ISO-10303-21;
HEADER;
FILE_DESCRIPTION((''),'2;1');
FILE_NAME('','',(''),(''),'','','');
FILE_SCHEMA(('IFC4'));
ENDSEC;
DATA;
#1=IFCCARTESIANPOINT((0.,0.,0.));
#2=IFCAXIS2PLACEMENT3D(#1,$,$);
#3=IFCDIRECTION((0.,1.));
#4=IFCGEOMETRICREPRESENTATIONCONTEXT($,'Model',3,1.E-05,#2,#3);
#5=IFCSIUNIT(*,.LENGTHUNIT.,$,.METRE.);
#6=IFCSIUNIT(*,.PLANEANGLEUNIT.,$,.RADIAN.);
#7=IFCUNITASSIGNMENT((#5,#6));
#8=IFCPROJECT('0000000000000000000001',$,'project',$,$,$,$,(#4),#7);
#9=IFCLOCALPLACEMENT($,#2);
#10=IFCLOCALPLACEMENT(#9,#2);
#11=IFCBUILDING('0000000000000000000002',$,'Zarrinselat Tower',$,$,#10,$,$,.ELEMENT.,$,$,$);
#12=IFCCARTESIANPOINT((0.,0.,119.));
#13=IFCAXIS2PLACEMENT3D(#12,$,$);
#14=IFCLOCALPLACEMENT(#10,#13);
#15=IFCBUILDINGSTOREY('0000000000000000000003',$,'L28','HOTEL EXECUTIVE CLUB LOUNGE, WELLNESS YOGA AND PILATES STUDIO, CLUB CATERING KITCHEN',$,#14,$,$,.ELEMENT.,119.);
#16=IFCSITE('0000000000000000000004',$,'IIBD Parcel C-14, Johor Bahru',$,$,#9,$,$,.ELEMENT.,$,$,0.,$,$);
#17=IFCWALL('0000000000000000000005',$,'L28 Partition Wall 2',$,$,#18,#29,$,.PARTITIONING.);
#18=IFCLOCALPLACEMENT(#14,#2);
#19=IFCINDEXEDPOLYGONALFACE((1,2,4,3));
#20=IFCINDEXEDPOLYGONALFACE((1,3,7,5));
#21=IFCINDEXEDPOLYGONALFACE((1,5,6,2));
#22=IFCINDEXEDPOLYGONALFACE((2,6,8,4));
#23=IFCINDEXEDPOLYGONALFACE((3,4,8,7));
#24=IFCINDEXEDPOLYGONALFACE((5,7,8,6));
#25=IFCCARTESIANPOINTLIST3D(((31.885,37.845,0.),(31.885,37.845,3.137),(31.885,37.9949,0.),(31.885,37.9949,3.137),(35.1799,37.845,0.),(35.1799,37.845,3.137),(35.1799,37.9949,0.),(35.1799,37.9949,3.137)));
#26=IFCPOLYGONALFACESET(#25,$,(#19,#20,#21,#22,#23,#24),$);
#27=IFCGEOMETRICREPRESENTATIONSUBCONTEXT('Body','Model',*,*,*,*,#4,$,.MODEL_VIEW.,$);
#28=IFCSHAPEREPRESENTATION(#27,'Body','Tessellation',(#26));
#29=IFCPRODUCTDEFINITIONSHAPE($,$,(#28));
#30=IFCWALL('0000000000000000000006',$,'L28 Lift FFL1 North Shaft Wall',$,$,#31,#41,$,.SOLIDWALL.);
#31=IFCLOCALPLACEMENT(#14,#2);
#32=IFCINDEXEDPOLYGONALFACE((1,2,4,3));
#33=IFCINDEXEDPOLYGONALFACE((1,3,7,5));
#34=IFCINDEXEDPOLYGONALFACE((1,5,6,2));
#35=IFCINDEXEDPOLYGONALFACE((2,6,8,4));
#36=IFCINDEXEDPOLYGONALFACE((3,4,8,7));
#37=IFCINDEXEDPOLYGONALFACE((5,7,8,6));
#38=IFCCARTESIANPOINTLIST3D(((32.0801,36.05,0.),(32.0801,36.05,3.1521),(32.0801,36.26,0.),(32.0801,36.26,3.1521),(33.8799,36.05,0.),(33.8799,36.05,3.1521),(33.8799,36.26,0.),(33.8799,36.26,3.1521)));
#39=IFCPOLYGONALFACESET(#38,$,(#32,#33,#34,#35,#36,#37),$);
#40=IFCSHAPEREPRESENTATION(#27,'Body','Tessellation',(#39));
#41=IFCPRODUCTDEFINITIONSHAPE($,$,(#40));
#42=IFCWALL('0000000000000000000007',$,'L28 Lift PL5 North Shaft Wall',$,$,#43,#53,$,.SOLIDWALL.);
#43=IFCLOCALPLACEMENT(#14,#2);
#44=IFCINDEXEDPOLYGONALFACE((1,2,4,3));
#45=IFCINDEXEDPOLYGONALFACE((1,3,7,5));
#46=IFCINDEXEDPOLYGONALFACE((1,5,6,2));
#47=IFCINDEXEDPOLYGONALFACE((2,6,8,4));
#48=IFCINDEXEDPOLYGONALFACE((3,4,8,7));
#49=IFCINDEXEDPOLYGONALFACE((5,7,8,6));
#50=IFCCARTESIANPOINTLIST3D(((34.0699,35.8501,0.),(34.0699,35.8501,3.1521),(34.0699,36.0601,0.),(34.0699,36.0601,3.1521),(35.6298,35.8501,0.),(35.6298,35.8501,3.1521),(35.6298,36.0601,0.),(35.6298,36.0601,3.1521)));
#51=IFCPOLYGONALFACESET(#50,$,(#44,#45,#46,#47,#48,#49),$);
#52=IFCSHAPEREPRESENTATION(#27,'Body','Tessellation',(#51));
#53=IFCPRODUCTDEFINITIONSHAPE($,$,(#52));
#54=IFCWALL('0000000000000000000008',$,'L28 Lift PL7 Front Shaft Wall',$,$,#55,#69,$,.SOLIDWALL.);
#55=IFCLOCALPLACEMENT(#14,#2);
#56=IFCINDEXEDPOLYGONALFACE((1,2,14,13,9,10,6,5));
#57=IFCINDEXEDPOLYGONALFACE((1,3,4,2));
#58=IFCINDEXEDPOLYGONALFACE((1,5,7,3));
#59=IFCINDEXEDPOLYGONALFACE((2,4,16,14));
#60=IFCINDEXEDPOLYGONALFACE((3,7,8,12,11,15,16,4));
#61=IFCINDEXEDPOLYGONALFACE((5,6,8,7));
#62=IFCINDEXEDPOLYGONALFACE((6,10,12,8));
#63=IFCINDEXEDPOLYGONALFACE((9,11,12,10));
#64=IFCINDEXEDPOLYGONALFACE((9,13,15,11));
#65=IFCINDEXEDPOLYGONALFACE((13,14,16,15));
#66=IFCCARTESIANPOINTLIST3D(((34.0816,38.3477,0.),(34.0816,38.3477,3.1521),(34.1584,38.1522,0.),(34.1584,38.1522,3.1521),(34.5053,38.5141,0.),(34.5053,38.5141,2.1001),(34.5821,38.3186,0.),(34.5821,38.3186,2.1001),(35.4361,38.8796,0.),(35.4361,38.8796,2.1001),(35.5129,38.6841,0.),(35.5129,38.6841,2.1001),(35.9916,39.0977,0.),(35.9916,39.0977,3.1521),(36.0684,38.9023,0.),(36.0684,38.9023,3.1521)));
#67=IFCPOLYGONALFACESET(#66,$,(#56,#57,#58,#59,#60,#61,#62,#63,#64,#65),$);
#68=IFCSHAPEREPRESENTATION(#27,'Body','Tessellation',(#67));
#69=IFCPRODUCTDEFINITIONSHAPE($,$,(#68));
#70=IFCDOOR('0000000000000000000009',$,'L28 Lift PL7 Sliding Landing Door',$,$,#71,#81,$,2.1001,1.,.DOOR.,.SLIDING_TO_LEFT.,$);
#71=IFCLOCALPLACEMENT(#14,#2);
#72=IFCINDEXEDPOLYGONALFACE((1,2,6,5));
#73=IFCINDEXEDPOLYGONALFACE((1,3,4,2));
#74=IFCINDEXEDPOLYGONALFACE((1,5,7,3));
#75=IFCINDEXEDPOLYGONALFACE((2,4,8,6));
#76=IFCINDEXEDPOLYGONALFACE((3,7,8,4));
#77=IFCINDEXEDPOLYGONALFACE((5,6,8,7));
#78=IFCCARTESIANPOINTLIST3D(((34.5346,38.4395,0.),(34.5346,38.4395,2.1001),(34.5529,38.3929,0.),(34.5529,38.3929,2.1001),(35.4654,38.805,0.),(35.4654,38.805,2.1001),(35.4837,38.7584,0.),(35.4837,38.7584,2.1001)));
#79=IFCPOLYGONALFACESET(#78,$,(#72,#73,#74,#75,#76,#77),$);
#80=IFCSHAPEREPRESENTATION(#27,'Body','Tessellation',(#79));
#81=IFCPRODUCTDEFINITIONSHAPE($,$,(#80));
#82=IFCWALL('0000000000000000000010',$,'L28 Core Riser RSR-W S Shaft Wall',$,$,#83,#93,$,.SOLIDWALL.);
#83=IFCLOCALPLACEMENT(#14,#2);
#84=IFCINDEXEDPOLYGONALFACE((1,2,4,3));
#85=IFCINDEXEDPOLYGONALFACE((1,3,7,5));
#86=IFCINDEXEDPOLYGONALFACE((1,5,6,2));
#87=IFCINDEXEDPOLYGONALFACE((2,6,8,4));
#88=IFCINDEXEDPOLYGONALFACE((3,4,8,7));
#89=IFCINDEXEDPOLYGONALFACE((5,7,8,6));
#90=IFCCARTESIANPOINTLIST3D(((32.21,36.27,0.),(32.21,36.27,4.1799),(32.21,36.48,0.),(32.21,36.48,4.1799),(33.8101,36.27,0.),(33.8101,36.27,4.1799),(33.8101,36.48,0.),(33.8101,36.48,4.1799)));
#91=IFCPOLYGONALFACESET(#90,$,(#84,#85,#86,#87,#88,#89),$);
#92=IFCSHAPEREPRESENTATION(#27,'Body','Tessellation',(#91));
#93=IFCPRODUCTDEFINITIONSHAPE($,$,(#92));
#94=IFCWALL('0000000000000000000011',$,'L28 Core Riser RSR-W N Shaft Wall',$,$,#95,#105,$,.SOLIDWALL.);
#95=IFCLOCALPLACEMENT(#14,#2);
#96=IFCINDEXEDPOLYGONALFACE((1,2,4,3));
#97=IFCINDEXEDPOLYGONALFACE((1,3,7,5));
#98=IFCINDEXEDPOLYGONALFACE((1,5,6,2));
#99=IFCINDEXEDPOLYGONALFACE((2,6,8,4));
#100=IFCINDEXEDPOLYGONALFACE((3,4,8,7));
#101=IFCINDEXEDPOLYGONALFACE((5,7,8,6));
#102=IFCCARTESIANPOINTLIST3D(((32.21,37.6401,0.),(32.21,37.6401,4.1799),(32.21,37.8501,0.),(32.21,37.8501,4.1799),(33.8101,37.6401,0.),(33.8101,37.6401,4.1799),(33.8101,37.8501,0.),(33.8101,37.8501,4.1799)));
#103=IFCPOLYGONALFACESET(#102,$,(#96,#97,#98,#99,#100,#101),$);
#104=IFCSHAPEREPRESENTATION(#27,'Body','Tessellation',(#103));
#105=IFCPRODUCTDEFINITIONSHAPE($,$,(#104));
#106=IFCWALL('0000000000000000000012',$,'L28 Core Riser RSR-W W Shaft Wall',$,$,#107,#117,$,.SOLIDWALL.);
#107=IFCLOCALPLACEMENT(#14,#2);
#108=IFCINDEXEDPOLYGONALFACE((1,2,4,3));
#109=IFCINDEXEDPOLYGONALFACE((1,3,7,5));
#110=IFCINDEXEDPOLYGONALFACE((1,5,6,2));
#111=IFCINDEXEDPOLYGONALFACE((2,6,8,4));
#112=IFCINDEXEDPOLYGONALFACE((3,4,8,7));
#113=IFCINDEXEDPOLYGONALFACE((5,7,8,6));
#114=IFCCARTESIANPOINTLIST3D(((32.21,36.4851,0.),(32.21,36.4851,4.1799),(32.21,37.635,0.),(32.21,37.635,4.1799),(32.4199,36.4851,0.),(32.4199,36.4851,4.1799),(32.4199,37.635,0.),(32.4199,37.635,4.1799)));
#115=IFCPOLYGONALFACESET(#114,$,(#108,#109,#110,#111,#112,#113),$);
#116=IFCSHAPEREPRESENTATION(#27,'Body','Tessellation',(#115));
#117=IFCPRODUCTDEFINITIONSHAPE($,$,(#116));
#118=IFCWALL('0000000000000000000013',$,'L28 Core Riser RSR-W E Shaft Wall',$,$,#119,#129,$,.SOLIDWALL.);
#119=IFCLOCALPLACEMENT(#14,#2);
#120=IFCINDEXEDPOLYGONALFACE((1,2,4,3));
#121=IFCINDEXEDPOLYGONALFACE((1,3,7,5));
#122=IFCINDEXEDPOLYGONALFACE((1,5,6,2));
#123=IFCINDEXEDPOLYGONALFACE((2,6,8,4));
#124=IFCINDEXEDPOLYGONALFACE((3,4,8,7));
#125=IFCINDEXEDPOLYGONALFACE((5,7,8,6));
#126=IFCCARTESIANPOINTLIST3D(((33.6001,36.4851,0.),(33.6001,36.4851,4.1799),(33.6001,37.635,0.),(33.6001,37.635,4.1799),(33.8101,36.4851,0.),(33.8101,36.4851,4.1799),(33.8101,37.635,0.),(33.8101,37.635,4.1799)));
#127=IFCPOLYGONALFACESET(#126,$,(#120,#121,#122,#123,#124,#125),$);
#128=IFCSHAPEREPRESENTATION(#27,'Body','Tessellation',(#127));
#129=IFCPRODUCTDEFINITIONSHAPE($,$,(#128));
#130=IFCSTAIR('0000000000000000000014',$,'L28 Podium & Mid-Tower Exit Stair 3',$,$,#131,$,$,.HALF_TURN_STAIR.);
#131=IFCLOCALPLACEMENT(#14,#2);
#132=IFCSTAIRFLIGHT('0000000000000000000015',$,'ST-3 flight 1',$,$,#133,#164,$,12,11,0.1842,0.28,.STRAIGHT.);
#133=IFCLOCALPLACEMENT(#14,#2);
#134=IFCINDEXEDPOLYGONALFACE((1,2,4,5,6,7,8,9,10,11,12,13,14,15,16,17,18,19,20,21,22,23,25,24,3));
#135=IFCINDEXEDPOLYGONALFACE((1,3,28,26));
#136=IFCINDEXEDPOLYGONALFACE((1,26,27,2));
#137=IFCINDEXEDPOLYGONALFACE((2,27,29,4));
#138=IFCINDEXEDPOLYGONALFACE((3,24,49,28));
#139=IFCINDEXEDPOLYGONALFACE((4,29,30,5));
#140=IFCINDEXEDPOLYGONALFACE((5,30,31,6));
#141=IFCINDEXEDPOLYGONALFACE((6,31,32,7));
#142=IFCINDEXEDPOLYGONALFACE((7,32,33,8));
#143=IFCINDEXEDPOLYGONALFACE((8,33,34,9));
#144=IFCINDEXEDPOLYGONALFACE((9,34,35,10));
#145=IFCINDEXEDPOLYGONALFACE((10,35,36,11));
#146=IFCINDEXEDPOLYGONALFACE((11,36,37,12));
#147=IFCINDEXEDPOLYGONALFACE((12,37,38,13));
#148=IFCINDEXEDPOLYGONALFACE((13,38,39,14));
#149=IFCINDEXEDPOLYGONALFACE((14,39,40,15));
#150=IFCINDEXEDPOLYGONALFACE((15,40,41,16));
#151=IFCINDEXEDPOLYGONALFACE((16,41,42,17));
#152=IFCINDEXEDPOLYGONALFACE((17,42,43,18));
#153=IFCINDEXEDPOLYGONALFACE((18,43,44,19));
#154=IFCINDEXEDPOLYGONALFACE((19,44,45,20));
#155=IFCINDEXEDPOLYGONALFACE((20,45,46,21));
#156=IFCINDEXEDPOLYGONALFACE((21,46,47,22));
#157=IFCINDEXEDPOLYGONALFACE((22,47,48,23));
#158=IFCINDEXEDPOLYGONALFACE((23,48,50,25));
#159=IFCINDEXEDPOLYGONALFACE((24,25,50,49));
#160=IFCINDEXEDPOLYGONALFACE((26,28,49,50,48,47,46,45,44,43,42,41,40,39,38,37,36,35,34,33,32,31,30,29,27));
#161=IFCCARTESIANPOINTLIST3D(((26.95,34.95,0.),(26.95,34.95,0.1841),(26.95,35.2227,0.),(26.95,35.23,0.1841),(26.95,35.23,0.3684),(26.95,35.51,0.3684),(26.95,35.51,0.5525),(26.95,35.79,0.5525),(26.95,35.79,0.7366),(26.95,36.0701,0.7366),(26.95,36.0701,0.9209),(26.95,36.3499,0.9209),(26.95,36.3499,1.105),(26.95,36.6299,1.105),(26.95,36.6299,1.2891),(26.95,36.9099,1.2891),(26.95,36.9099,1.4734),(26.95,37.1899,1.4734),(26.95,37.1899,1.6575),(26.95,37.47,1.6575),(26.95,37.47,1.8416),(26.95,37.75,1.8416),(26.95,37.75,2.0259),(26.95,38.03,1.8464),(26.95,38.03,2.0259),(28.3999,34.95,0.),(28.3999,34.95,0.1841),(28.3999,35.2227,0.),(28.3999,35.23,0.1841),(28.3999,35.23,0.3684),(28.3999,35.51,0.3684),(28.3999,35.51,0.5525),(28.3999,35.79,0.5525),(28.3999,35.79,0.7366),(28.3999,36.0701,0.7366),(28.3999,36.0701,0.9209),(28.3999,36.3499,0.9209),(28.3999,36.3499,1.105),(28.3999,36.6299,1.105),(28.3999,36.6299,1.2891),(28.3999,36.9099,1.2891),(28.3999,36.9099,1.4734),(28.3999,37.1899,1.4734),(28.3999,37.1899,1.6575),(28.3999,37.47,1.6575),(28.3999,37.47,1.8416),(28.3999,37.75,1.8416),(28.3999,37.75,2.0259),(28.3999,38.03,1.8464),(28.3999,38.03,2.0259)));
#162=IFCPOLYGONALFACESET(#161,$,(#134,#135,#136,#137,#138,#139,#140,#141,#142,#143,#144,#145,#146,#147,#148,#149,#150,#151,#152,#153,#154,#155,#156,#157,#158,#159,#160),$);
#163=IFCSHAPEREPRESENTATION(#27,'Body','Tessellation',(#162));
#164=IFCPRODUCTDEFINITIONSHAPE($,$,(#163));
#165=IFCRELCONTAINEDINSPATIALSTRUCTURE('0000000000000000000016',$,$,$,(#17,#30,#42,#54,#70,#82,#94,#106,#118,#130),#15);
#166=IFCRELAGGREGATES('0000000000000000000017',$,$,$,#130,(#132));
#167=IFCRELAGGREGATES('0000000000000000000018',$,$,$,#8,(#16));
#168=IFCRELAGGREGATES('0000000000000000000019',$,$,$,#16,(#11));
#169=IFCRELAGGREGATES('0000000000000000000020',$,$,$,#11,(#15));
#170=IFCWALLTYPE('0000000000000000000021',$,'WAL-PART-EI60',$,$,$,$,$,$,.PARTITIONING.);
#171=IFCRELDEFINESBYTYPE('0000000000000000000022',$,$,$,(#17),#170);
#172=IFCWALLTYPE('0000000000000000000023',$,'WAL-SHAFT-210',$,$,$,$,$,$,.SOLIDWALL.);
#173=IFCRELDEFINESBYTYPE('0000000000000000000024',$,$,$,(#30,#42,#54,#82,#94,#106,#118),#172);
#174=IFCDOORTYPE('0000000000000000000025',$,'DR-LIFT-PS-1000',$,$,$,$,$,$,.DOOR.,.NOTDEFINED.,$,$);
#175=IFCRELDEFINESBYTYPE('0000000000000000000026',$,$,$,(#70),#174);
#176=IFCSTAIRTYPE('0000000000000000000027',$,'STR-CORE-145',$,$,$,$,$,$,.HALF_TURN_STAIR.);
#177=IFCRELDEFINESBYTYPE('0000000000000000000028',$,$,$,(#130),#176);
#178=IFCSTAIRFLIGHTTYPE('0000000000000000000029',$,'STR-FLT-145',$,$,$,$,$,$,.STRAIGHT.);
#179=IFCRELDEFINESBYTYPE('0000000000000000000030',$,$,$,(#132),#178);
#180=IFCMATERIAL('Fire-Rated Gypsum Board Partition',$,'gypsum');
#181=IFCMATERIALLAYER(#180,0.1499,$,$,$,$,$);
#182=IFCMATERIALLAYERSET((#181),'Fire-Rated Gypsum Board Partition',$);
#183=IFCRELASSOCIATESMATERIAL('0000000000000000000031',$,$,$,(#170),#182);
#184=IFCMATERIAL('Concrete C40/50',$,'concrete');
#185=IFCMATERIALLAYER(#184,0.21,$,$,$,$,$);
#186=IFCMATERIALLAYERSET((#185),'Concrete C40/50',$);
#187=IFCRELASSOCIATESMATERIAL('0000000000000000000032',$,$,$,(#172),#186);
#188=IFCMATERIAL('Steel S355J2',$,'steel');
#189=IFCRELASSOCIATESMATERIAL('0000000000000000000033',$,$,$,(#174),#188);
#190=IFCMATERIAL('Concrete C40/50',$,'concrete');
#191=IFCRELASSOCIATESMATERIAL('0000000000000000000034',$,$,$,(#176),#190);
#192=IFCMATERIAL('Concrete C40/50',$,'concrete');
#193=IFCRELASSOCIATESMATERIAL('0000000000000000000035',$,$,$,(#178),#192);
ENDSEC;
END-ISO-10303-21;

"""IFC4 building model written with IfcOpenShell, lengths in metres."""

from ifc_helpers import new_model, si_unit, direction, frame, frame_2d, origin, place, context, subcontext, project, spatial, polyline, rectangle, outline, extrude, material, layer, layer_set, type_object, element, fill, aggregate, save


model = new_model("IFC4")

# Units and contexts
model_context = context("Model", 3, precision=1e-05, world=origin(), true_north=direction((0.0, 1.0)))
body_context = subcontext(model_context, "Body", "Model", "MODEL_VIEW")
ifc_project = project(units=[si_unit("LENGTHUNIT", "METRE"), si_unit("PLANEANGLEUNIT", "RADIAN")], contexts=[model_context])

# Site, building, storey
site_placement = place(None, origin())
site = spatial("IfcSite", under=ifc_project, at=site_placement, Name="IIBD Parcel C-14, Johor Bahru", CompositionType="ELEMENT", RefElevation=0.0)
building_placement = place(site_placement, origin())
building = spatial("IfcBuilding", under=site, at=building_placement, Name="Zarrinselat Tower", CompositionType="ELEMENT")
storey_placement = place(building_placement, frame((0.0, 0.0, 119.0)))
storey = spatial("IfcBuildingStorey", under=building, at=storey_placement, Name="L28", Description="HOTEL EXECUTIVE CLUB LOUNGE, WELLNESS YOGA AND PILATES STUDIO, CLUB CATERING KITCHEN", CompositionType="ELEMENT", Elevation=119.0)

# Walls
ifc_material_1 = material(Name="Fire-Rated Gypsum Board Partition", Category="gypsum")
ifc_layer_1 = layer(ifc_material_1, 0.1499)
ifc_layer_set_1 = layer_set([ifc_layer_1], Name="Fire-Rated Gypsum Board Partition")
wall_type_1 = type_object("IfcWallType", Name="WAL-PART-EI60", PredefinedType="PARTITIONING", material=ifc_layer_set_1)
wall_1_placement = place(storey_placement, frame((31.885, 37.9199, 0.0), z_axis=(0.0, 0.0, 1.0), x_axis=(1.0, 0.0, 0.0)))
element("IfcWall", 1, at=wall_1_placement, inside=storey, type_object=wall_type_1, Name="L28 Partition Wall 2", PredefinedType="PARTITIONING", context=body_context, shape_type="SweptSolid", body=[
    extrude(rectangle(XDim=3.2949, YDim=0.1499, at=frame_2d((1.6475, 0.0))), origin(), (0.0, 0.0, 1.0), 3.137),
])
ifc_material_2 = material(Name="Concrete C40/50", Category="concrete")
ifc_layer_2 = layer(ifc_material_2, 0.21)
ifc_layer_set_2 = layer_set([ifc_layer_2], Name="Concrete C40/50")
wall_type_2 = type_object("IfcWallType", Name="WAL-SHAFT-210", PredefinedType="SOLIDWALL", material=ifc_layer_set_2)
wall_2_placement = place(storey_placement, frame((32.0801, 36.155, 0.0), z_axis=(0.0, 0.0, 1.0), x_axis=(1.0, 0.0, 0.0)))
element("IfcWall", 2, at=wall_2_placement, inside=storey, type_object=wall_type_2, Name="L28 Lift FFL1 North Shaft Wall", PredefinedType="SOLIDWALL", context=body_context, shape_type="SweptSolid", body=[
    extrude(rectangle(XDim=1.7998, YDim=0.21, at=frame_2d((0.8999, 0.0))), origin(), (0.0, 0.0, 1.0), 3.1521),
])
wall_3_placement = place(storey_placement, frame((34.0701, 35.9551, 0.0), z_axis=(0.0, 0.0, 1.0), x_axis=(1.0, 0.0, 0.0)))
element("IfcWall", 3, at=wall_3_placement, inside=storey, type_object=wall_type_2, Name="L28 Lift PL5 North Shaft Wall", PredefinedType="SOLIDWALL", context=body_context, shape_type="SweptSolid", body=[
    extrude(rectangle(XDim=1.5598, YDim=0.21, at=frame_2d((0.7798, 0.0))), origin(), (0.0, 0.0, 1.0), 3.1521),
])

# Wall, opening, door
wall_4_placement = place(storey_placement, frame((34.1201, 38.25, 0.0), z_axis=(0.0, 0.0, 1.0), x_axis=(0.930805, 0.365516, 0.0)))
wall_4 = element("IfcWall", 4, at=wall_4_placement, inside=storey, type_object=wall_type_2, Name="L28 Lift PL7 Front Shaft Wall", PredefinedType="SOLIDWALL", context=body_context, shape_type="SweptSolid", body=[
    extrude(rectangle(XDim=2.052, YDim=0.21, at=frame_2d((1.0259, 0.0))), origin(), (0.0, 0.0, 1.0), 3.1521),
])
opening_placement = place(wall_4_placement, frame((0.4551, 0.0, 0.0)))
opening = element("IfcOpeningElement", 5, at=opening_placement, cuts=wall_4, PredefinedType="OPENING", context=body_context, shape_type="SweptSolid", body=[
    extrude(rectangle(XDim=1.0, YDim=2.1001, at=frame_2d((0.5, 1.05))), frame((0.0, 0.115, 0.0), z_axis=(0.0, -1.0, 0.0), x_axis=(1.0, 0.0, 0.0)), (0.0, 0.0, 1.0), 0.23),
])
ifc_material_3 = material(Name="Steel S355J2", Category="steel")
door_type = type_object("IfcDoorType", Name="DR-LIFT-PS-1000", OperationType="NOTDEFINED", PredefinedType="DOOR", material=ifc_material_3)
door_placement = place(opening_placement, origin())
door = element("IfcDoor", 6, at=door_placement, inside=storey, type_object=door_type, Name="L28 Lift PL7 Sliding Landing Door", OperationType="SLIDING_TO_LEFT", OverallHeight=2.1001, OverallWidth=1.0, PredefinedType="DOOR", context=body_context, shape_type="SweptSolid", body=[
    extrude(rectangle(XDim=1.0, YDim=2.1001, at=frame_2d((0.5, 1.05))), frame((0.0, 0.0249, 0.0), z_axis=(0.0, -1.0, 0.0), x_axis=(1.0, 0.0, 0.0)), (0.0, 0.0, 1.0), 0.05),
])
fill(opening, door)

# Walls
for number, where, z_axis, x_axis, name in (
    (7, (32.21, 36.375, 0.0), (0.0, 0.0, 1.0), (1.0, 0.0, 0.0), "L28 Core Riser RSR-W S Shaft Wall"),
    (8, (32.21, 37.7451, 0.0), (0.0, 0.0, 1.0), (1.0, 0.0, 0.0), "L28 Core Riser RSR-W N Shaft Wall"),
):
    element("IfcWall", number, at=place(storey_placement, frame(where, z_axis=z_axis, x_axis=x_axis)), inside=storey, type_object=wall_type_2, Name=name, PredefinedType="SOLIDWALL", context=body_context, shape_type="SweptSolid", body=[
        extrude(rectangle(XDim=1.6001, YDim=0.21, at=frame_2d((0.8, 0.0))), origin(), (0.0, 0.0, 1.0), 4.1799),
    ])
for number, where, z_axis, x_axis, name in (
    (9, (32.3149, 36.4851, 0.0), (0.0, 0.0, 1.0), (0.0, 1.0, 0.0), "L28 Core Riser RSR-W W Shaft Wall"),
    (10, (33.7051, 36.4851, 0.0), (0.0, 0.0, 1.0), (0.0, 1.0, 0.0), "L28 Core Riser RSR-W E Shaft Wall"),
):
    element("IfcWall", number, at=place(storey_placement, frame(where, z_axis=z_axis, x_axis=x_axis)), inside=storey, type_object=wall_type_2, Name=name, PredefinedType="SOLIDWALL", context=body_context, shape_type="SweptSolid", body=[
        extrude(rectangle(XDim=1.1499, YDim=0.21, at=frame_2d((0.575, 0.0))), origin(), (0.0, 0.0, 1.0), 4.1799),
    ])

# Stair, stair flight
ifc_material_4 = material(Name="Concrete C40/50", Category="concrete")
stair_type_1 = type_object("IfcStairType", Name="STR-CORE-145", PredefinedType="HALF_TURN_STAIR", material=ifc_material_4)
stair_1_placement = place(storey_placement, origin())
stair_1 = element("IfcStair", 11, at=stair_1_placement, inside=storey, type_object=stair_type_1, Name="L28 Podium & Mid-Tower Exit Stair 3", PredefinedType="HALF_TURN_STAIR")
ifc_material_5 = material(Name="Concrete C40/50", Category="concrete")
stair_flight_type_1 = type_object("IfcStairFlightType", Name="STR-FLT-145", PredefinedType="STRAIGHT", material=ifc_material_5)
stair_flight_1_placement = place(storey_placement, frame((27.675, 34.95, 0.0), z_axis=(0.0, 0.0, 1.0), x_axis=(0.0, 1.0, 0.0)))
stair_flight_1 = element("IfcStairFlight", 12, at=stair_flight_1_placement, type_object=stair_flight_type_1, Name="ST-3 flight 1", NumberOfRisers=12, NumberOfTreads=11, PredefinedType="STRAIGHT", RiserHeight=0.1842, TreadLength=0.28, context=body_context, shape_type="SweptSolid", body=[
    extrude(outline(polyline([(0.0, 0.0), (0.0, 0.1841), (0.28, 0.1841), (0.28, 0.3684), (0.5601, 0.3684), (0.5601, 0.5525), (0.8401, 0.5525), (0.8401, 0.7366), (1.1201, 0.7366), (1.1201, 0.9209), (1.3999, 0.9209), (1.3999, 1.105), (1.6799, 1.105), (1.6799, 1.2891), (1.96, 1.2891), (1.96, 1.4734), (2.24, 1.4734), (2.24, 1.6575), (2.52, 1.6575), (2.52, 1.8416), (2.8, 1.8416), (2.8, 2.0259), (3.0801, 2.0259), (3.0801, 2.21), (3.0801, 1.8464), (0.2727, 0.0), (0.0, 0.0)])), frame((0.0, 0.7251, 0.0), z_axis=(0.0, -1.0, 0.0), x_axis=(1.0, 0.0, 0.0)), (0.0, 0.0, 1.0), 1.45),
])
aggregate(stair_1, [stair_flight_1])

save(model, "model.ifc")
